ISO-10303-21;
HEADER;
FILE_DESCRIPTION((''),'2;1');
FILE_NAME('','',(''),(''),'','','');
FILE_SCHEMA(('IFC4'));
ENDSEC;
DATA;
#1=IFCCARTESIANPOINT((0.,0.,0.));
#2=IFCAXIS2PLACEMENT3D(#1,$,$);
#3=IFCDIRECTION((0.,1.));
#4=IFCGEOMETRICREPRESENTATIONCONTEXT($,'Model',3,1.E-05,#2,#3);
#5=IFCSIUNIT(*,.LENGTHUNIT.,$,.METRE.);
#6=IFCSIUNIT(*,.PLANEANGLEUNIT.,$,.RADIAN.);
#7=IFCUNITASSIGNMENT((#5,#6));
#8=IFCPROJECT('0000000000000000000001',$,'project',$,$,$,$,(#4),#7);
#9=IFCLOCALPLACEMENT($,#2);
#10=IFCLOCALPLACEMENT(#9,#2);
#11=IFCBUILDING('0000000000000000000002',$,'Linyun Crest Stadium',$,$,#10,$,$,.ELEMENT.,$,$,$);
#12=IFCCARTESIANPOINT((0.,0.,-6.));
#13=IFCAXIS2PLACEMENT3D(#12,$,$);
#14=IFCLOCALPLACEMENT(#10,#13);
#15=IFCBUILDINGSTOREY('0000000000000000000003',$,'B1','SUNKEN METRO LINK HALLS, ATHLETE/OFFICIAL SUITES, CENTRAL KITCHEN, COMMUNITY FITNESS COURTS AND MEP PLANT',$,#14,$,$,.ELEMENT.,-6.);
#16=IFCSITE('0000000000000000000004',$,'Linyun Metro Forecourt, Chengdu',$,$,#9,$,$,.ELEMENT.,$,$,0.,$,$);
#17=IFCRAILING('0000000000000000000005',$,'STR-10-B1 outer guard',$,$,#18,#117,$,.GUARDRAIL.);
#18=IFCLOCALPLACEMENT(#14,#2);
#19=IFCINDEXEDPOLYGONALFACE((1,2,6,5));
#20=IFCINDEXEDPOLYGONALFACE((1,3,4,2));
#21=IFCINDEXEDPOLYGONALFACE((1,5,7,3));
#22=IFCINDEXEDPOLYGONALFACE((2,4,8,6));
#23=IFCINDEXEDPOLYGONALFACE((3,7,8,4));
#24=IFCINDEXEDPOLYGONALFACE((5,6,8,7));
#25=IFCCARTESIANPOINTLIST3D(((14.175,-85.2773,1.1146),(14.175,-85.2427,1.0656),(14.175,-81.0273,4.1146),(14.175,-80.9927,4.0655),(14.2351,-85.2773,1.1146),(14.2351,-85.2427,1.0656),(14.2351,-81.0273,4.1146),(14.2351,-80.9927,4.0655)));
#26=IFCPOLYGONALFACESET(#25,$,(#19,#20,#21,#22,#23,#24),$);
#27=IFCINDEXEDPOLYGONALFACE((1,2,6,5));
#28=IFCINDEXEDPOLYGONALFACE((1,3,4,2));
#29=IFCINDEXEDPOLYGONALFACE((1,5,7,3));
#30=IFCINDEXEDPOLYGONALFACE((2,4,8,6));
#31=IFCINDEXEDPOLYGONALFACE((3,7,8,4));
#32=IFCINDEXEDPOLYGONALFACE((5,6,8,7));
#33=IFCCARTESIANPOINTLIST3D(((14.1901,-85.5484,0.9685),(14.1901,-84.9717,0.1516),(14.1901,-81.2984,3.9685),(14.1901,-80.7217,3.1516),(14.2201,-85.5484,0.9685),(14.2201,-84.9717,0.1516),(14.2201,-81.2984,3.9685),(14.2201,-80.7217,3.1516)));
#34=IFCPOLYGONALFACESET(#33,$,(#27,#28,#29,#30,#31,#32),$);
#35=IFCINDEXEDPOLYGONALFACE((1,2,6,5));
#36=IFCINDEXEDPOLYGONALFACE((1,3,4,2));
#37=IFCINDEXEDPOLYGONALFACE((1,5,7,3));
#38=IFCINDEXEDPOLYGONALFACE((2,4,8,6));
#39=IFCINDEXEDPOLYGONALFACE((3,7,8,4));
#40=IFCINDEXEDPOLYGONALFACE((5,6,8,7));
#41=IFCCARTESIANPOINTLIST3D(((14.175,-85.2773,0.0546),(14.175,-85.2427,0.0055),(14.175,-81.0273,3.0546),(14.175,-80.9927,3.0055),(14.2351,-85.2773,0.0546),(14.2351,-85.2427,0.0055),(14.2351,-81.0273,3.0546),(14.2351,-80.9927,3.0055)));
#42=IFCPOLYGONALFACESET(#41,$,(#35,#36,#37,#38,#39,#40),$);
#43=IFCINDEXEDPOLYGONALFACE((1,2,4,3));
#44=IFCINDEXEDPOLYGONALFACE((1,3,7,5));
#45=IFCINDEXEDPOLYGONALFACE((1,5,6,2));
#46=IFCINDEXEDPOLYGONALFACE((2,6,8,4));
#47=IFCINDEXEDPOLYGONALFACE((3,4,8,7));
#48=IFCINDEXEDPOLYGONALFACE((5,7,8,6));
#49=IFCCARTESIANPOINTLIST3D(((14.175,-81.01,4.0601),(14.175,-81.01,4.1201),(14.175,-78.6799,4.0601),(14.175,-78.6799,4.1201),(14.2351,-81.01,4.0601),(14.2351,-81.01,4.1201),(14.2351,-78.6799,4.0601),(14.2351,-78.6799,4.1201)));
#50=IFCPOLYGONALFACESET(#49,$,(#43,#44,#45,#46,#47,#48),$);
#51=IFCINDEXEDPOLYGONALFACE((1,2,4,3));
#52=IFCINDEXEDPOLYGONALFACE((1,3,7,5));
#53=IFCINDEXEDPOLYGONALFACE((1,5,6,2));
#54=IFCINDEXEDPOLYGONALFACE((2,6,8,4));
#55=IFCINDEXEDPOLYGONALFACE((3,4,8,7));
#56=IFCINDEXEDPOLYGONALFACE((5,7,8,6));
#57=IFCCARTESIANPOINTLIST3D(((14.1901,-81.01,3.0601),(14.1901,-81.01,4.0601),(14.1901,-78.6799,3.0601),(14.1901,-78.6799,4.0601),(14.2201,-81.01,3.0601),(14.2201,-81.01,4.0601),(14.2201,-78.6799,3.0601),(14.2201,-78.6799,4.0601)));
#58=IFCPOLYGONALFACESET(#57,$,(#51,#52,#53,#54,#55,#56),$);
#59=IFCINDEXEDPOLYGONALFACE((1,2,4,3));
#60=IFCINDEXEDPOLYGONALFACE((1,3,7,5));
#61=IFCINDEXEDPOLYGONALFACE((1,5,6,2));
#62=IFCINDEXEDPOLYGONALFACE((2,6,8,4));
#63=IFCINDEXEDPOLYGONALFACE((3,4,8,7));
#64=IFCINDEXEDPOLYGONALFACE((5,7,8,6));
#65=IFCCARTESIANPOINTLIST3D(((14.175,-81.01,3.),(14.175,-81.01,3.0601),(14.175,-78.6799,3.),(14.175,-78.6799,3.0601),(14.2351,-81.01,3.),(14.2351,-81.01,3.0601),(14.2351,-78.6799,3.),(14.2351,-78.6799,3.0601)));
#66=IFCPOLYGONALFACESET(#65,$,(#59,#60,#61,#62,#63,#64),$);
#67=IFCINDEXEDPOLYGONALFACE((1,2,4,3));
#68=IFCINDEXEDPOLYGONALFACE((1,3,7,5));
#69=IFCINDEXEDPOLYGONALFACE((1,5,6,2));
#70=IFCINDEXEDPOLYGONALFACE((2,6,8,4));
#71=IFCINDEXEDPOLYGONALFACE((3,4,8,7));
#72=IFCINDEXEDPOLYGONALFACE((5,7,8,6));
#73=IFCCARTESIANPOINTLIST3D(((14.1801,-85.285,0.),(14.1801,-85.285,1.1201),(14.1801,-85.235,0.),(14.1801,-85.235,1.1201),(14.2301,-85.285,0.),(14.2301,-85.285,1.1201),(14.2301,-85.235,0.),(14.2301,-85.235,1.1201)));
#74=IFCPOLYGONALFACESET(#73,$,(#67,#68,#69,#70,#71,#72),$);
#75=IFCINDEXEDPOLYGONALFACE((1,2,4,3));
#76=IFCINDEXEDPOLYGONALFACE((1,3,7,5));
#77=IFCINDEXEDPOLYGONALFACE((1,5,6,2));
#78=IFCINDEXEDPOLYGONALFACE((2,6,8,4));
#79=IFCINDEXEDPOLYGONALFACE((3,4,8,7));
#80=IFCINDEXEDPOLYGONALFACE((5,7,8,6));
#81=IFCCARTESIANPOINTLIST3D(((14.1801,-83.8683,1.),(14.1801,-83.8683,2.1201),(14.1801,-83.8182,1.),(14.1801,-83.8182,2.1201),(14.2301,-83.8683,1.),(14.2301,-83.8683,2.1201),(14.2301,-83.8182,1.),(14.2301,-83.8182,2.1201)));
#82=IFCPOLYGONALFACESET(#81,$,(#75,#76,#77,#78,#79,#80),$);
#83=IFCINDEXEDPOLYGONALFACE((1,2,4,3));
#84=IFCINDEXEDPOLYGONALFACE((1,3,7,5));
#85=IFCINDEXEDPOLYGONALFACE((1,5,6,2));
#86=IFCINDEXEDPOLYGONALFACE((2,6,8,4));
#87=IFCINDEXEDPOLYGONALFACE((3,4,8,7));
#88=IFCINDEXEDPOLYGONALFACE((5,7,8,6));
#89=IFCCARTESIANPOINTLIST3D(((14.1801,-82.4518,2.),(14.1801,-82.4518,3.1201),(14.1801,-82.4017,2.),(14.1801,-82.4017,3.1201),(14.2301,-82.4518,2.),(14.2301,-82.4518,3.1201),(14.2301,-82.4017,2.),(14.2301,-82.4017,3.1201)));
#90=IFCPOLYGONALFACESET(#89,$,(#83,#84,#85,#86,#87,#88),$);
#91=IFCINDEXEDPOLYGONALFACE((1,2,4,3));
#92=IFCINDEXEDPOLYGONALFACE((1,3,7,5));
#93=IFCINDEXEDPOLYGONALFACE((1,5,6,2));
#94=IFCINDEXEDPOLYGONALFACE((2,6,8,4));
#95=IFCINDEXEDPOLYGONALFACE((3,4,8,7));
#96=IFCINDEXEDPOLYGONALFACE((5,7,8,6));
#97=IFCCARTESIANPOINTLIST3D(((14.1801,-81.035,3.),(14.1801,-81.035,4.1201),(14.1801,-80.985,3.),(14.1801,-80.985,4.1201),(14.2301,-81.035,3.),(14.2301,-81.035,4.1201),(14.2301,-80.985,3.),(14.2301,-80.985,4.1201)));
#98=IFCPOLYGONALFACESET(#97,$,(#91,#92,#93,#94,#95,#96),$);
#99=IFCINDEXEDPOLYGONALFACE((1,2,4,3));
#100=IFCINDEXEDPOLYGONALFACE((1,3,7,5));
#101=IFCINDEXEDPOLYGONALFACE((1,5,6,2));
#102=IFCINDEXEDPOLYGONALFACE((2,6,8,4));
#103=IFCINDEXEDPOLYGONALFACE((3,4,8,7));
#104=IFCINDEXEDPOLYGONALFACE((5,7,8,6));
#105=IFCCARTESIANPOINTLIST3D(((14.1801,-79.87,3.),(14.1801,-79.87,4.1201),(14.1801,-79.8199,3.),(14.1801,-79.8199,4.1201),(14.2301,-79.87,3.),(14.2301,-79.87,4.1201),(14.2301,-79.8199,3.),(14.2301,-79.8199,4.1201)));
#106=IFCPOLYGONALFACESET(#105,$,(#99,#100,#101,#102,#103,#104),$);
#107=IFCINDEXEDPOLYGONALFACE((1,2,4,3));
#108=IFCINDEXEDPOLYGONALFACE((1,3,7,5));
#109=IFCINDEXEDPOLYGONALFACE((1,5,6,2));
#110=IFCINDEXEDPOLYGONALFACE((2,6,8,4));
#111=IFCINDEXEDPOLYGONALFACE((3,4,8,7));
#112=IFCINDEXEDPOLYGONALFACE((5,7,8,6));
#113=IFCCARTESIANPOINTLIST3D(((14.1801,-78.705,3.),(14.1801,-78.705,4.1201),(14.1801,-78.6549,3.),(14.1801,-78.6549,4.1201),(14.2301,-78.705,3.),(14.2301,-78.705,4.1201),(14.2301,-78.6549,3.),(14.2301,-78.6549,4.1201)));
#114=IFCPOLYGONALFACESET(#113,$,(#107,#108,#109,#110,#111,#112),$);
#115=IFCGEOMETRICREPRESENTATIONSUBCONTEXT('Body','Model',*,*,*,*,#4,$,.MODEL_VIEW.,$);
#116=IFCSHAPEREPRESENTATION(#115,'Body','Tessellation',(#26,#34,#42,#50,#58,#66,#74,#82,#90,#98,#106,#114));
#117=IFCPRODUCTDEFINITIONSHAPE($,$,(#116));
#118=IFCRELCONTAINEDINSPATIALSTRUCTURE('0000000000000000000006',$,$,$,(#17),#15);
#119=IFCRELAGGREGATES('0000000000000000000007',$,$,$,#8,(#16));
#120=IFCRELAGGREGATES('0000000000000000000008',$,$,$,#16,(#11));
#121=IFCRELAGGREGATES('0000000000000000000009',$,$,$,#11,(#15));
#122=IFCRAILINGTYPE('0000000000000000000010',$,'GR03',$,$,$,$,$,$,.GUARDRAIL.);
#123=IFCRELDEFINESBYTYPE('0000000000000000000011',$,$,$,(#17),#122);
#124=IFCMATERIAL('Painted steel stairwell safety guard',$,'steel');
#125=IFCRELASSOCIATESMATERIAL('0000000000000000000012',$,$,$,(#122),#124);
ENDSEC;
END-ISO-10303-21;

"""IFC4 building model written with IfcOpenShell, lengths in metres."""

from ifc_helpers import new_model, si_unit, direction, frame, origin, origin_2d, place, context, subcontext, project, spatial, rectangle, extrude, material, type_object, element, save


model = new_model("IFC4")

# Units and contexts
model_context = context("Model", 3, precision=1e-05, world=origin(), true_north=direction((0.0, 1.0)))
body_context = subcontext(model_context, "Body", "Model", "MODEL_VIEW")
ifc_project = project(units=[si_unit("LENGTHUNIT", "METRE"), si_unit("PLANEANGLEUNIT", "RADIAN")], contexts=[model_context])

# Site, building, storey
site_placement = place(None, origin())
site = spatial("IfcSite", under=ifc_project, at=site_placement, Name="Linyun Metro Forecourt, Chengdu", CompositionType="ELEMENT", RefElevation=0.0)
building_placement = place(site_placement, origin())
building = spatial("IfcBuilding", under=site, at=building_placement, Name="Linyun Crest Stadium", CompositionType="ELEMENT")
storey_placement = place(building_placement, frame((0.0, 0.0, -6.0)))
storey = spatial("IfcBuildingStorey", under=building, at=storey_placement, Name="B1", Description="SUNKEN METRO LINK HALLS, ATHLETE/OFFICIAL SUITES, CENTRAL KITCHEN, COMMUNITY FITNESS COURTS AND MEP PLANT", CompositionType="ELEMENT", Elevation=-6.0)

# Railing
ifc_material_1 = material(Name="Painted steel stairwell safety guard", Category="steel")
railing_type = type_object("IfcRailingType", Name="GR03", PredefinedType="GUARDRAIL", material=ifc_material_1)
railing_1_placement = place(storey_placement, frame((14.2051, -85.26, 0.0)))
element("IfcRailing", 1, at=railing_1_placement, inside=storey, type_object=railing_type, Name="STR-10-B1 outer guard", PredefinedType="GUARDRAIL", context=body_context, shape_type="SweptSolid", body=[
    extrude(rectangle(XDim=0.0601, YDim=0.0601, at=origin_2d()), frame((0.0, 0.0, 1.0901), z_axis=(0.0, 0.816968, 0.576683), x_axis=(-1.0, 0.0, 0.0)), (0.0, 0.0, 1.0), 5.2021),
    extrude(rectangle(XDim=0.03, YDim=1.0, at=origin_2d()), frame((0.0, 0.0, 0.5601), z_axis=(0.0, 0.816968, 0.576683), x_axis=(-1.0, 0.0, 0.0)), (0.0, 0.0, 1.0), 5.2021),
    extrude(rectangle(XDim=0.0601, YDim=0.0601, at=origin_2d()), frame((0.0, 0.0, 0.03), z_axis=(0.0, 0.816968, 0.576683), x_axis=(-1.0, 0.0, 0.0)), (0.0, 0.0, 1.0), 5.2021),
    extrude(rectangle(XDim=0.0601, YDim=0.0601, at=origin_2d()), frame((0.0, 4.25, 4.0901), z_axis=(0.0, 1.0, 0.0), x_axis=(-1.0, 0.0, 0.0)), (0.0, 0.0, 1.0), 2.3301),
    extrude(rectangle(XDim=0.03, YDim=1.0, at=origin_2d()), frame((0.0, 4.25, 3.5601), z_axis=(0.0, 1.0, 0.0), x_axis=(-1.0, 0.0, 0.0)), (0.0, 0.0, 1.0), 2.3301),
    extrude(rectangle(XDim=0.0601, YDim=0.0601, at=origin_2d()), frame((0.0, 4.25, 3.03), z_axis=(0.0, 1.0, 0.0), x_axis=(-1.0, 0.0, 0.0)), (0.0, 0.0, 1.0), 2.3301),
    extrude(rectangle(XDim=0.05, YDim=0.05, at=origin_2d()), origin(), (0.0, 0.0, 1.0), 1.1201),
    extrude(rectangle(XDim=0.05, YDim=0.05, at=origin_2d()), frame((0.0, 1.4167, 1.0)), (0.0, 0.0, 1.0), 1.1201),
    extrude(rectangle(XDim=0.05, YDim=0.05, at=origin_2d()), frame((0.0, 2.8333, 2.0)), (0.0, 0.0, 1.0), 1.1201),
    extrude(rectangle(XDim=0.05, YDim=0.05, at=origin_2d()), frame((0.0, 4.25, 3.0)), (0.0, 0.0, 1.0), 1.1201),
    extrude(rectangle(XDim=0.05, YDim=0.05, at=origin_2d()), frame((0.0, 5.415, 3.0)), (0.0, 0.0, 1.0), 1.1201),
    extrude(rectangle(XDim=0.05, YDim=0.05, at=origin_2d()), frame((0.0, 6.5801, 3.0)), (0.0, 0.0, 1.0), 1.1201),
])

save(model, "model.ifc")
